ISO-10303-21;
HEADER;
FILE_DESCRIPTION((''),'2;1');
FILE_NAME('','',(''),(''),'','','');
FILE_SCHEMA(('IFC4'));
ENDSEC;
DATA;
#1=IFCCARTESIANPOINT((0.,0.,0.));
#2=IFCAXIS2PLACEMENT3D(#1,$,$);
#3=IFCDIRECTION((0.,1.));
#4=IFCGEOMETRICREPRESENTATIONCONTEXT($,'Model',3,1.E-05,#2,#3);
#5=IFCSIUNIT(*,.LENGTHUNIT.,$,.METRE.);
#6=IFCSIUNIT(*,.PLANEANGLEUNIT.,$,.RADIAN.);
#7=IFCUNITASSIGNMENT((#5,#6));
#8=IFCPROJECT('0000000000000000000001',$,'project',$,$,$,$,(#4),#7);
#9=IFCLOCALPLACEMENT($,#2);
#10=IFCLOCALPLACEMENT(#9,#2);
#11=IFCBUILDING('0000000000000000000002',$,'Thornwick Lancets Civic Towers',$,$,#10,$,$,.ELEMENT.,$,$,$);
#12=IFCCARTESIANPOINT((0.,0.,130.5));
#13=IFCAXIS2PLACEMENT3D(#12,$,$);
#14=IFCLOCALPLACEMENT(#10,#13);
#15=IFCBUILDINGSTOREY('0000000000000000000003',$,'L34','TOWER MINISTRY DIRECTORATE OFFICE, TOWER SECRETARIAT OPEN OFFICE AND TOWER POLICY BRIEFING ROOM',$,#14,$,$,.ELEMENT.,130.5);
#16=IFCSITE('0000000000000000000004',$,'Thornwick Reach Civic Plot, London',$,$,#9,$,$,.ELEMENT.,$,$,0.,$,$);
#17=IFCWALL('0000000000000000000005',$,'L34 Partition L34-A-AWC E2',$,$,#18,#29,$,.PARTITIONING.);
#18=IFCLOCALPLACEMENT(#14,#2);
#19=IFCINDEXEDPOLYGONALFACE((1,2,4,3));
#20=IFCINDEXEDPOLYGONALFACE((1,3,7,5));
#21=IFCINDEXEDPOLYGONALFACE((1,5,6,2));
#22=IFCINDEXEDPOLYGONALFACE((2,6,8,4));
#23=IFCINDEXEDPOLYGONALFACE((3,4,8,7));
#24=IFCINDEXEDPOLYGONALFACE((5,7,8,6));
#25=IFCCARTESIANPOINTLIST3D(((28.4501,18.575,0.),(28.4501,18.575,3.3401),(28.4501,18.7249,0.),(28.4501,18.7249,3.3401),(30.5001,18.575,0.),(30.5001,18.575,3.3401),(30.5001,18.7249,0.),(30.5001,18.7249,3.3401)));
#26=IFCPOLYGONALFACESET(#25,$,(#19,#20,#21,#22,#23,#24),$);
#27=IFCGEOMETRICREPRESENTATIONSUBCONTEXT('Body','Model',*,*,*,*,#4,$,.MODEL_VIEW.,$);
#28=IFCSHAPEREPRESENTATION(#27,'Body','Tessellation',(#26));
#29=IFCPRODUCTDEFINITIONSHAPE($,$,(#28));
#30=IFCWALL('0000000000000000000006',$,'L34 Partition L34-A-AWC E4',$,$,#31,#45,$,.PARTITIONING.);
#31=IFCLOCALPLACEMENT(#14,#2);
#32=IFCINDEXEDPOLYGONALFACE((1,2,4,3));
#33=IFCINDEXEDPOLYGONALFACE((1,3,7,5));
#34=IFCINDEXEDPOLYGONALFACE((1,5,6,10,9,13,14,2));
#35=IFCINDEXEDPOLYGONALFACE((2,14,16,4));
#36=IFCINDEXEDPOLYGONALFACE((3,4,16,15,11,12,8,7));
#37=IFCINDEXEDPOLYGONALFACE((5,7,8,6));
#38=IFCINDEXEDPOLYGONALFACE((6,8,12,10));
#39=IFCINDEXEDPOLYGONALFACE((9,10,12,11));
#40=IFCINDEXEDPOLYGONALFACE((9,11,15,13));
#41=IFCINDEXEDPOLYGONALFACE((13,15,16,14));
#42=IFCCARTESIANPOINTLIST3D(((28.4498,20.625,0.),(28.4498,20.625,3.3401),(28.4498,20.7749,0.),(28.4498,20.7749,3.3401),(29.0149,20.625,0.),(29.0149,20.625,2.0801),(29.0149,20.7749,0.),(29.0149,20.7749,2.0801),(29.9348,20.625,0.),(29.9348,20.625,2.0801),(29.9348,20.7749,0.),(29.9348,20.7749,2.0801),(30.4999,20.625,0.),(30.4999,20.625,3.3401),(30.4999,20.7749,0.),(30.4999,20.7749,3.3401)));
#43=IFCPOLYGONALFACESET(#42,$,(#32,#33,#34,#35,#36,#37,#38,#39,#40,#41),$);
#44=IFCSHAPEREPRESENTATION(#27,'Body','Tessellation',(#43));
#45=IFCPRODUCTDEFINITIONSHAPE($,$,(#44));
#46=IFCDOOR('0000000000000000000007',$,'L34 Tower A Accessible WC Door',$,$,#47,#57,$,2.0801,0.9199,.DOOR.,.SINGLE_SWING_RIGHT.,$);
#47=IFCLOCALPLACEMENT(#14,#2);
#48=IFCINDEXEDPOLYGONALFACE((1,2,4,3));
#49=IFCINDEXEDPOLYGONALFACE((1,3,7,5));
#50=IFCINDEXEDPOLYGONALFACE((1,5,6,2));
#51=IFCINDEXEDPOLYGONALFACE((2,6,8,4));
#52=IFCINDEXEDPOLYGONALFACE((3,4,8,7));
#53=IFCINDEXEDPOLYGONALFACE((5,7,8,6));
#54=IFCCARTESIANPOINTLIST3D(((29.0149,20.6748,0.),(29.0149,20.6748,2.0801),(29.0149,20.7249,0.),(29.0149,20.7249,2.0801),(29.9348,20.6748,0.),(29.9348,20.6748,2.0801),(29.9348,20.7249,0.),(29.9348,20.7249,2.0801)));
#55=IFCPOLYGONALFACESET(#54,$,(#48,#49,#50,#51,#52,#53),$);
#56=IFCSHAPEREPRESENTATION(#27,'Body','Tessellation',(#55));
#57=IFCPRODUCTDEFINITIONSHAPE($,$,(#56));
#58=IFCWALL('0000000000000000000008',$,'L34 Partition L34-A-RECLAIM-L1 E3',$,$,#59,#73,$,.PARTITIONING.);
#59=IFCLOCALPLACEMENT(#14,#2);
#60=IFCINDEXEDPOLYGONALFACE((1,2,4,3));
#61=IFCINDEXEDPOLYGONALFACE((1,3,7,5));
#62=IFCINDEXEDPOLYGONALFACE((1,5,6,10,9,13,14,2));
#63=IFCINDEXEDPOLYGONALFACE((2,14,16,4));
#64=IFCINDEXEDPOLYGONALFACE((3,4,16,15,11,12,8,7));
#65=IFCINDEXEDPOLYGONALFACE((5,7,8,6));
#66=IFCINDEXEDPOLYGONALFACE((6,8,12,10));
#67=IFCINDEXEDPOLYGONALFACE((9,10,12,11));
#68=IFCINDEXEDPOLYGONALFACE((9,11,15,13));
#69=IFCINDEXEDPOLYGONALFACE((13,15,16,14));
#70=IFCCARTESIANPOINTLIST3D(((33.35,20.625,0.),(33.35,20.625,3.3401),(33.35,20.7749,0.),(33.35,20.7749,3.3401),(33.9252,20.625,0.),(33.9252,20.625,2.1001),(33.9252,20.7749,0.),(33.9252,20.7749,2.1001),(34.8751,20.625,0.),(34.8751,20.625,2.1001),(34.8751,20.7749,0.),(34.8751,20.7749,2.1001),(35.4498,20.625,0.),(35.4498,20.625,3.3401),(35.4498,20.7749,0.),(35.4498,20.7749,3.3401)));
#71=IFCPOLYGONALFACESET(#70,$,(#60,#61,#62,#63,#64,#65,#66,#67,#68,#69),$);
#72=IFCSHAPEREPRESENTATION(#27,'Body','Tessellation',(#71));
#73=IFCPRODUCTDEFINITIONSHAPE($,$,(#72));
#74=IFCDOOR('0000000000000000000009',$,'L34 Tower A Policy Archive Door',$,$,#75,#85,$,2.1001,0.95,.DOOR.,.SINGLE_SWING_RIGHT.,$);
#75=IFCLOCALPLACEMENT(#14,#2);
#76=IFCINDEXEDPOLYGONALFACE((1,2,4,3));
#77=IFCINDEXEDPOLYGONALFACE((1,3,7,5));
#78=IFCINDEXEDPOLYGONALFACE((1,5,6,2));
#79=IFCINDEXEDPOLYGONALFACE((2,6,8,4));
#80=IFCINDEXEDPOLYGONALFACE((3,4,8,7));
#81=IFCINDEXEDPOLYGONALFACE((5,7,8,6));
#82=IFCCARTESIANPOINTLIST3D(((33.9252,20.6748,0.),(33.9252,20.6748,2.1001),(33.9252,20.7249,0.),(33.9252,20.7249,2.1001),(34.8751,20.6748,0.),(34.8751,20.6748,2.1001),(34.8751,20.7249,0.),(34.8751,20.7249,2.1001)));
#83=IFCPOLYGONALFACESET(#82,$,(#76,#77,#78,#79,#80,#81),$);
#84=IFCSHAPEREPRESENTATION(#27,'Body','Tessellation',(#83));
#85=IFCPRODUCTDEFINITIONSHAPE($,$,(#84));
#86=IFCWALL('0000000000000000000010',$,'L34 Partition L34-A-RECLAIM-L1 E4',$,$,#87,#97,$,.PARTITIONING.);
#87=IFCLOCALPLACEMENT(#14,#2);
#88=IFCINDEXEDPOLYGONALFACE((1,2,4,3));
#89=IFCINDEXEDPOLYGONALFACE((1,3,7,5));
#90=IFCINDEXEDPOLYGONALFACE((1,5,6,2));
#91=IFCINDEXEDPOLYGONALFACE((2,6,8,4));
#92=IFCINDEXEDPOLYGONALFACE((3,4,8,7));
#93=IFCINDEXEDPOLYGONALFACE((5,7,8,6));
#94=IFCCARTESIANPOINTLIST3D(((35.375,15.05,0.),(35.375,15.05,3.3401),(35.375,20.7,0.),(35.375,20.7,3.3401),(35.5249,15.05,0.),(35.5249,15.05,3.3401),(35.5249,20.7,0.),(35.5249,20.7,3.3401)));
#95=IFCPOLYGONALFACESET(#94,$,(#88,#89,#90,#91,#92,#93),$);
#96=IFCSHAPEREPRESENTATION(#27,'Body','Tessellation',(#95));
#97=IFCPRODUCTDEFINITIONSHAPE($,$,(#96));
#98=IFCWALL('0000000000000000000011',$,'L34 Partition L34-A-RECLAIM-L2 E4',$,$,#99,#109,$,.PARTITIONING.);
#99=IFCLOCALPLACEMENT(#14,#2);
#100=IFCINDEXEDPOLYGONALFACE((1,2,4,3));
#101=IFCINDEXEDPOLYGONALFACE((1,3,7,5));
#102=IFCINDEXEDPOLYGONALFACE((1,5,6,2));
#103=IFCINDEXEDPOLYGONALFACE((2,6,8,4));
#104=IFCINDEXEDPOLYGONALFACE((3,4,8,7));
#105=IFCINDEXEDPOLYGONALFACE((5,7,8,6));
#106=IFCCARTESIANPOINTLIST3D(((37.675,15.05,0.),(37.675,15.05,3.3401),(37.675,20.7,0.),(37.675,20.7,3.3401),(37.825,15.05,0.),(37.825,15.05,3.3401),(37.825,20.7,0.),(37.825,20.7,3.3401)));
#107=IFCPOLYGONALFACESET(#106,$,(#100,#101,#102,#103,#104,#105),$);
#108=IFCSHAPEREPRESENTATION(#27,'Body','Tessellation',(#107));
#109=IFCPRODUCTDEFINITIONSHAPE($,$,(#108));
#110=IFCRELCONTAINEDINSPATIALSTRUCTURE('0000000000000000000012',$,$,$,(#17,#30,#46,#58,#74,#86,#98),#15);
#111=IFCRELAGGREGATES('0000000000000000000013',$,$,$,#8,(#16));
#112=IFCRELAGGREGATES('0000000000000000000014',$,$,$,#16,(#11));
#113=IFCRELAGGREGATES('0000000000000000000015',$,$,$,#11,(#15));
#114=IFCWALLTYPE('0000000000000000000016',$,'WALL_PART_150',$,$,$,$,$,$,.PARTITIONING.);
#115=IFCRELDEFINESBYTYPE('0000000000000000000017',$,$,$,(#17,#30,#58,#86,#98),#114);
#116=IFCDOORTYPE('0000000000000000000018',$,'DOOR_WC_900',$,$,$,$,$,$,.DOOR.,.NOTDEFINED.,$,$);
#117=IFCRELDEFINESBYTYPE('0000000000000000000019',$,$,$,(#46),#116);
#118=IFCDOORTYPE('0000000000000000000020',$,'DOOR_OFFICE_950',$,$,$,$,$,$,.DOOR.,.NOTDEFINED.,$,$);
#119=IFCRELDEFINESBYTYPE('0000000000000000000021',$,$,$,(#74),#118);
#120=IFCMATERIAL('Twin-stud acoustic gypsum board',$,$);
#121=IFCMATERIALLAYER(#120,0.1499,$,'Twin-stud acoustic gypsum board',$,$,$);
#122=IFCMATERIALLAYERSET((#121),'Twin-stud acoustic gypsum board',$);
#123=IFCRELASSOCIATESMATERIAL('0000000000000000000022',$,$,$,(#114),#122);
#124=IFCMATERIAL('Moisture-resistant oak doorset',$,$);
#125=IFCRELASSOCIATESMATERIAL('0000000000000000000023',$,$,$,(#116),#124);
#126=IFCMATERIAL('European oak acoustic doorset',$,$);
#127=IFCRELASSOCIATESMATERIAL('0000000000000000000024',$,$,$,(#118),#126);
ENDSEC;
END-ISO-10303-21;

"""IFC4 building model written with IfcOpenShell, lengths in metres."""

from ifc_helpers import new_model, si_unit, direction, frame, frame_2d, origin, place, context, subcontext, project, spatial, rectangle, extrude, material, layer, layer_set, type_object, element, fill, save


model = new_model("IFC4")

# Units and contexts
model_context = context("Model", 3, precision=1e-05, world=origin(), true_north=direction((0.0, 1.0)))
body_context = subcontext(model_context, "Body", "Model", "MODEL_VIEW")
ifc_project = project(units=[si_unit("LENGTHUNIT", "METRE"), si_unit("PLANEANGLEUNIT", "RADIAN")], contexts=[model_context])

# Site, building, storey
site_placement = place(None, origin())
site = spatial("IfcSite", under=ifc_project, at=site_placement, Name="Thornwick Reach Civic Plot, London", CompositionType="ELEMENT", RefElevation=0.0)
building_placement = place(site_placement, origin())
building = spatial("IfcBuilding", under=site, at=building_placement, Name="Thornwick Lancets Civic Towers", CompositionType="ELEMENT")
storey_placement = place(building_placement, frame((0.0, 0.0, 130.5)))
storey = spatial("IfcBuildingStorey", under=building, at=storey_placement, Name="L34", Description="TOWER MINISTRY DIRECTORATE OFFICE, TOWER SECRETARIAT OPEN OFFICE AND TOWER POLICY BRIEFING ROOM", CompositionType="ELEMENT", Elevation=130.5)

# Wall
ifc_material_1 = material(Name="Twin-stud acoustic gypsum board")
ifc_layer_1 = layer(ifc_material_1, 0.1499, Name="Twin-stud acoustic gypsum board")
ifc_layer_set_1 = layer_set([ifc_layer_1], Name="Twin-stud acoustic gypsum board")
wall_type_1 = type_object("IfcWallType", Name="WALL_PART_150", PredefinedType="PARTITIONING", material=ifc_layer_set_1)
wall_1_placement = place(storey_placement, frame((30.5, 18.6499, 0.0), z_axis=(0.0, 0.0, 1.0), x_axis=(-1.0, 0.0, 0.0)))
element("IfcWall", 1, at=wall_1_placement, inside=storey, type_object=wall_type_1, Name="L34 Partition L34-A-AWC E2", PredefinedType="PARTITIONING", context=body_context, shape_type="SweptSolid", body=[
    extrude(rectangle(XDim=2.05, YDim=0.1499, at=frame_2d((1.0249, 0.0))), origin(), (0.0, 0.0, 1.0), 3.3401),
])

# Walls, openings, doors
wall_2_placement = place(storey_placement, frame((28.45, 20.7, 0.0), z_axis=(0.0, 0.0, 1.0), x_axis=(1.0, 0.0, 0.0)))
wall_2 = element("IfcWall", 2, at=wall_2_placement, inside=storey, type_object=wall_type_1, Name="L34 Partition L34-A-AWC E4", PredefinedType="PARTITIONING", context=body_context, shape_type="SweptSolid", body=[
    extrude(rectangle(XDim=2.05, YDim=0.1499, at=frame_2d((1.0249, 0.0))), origin(), (0.0, 0.0, 1.0), 3.3401),
])
opening_1_placement = place(wall_2_placement, frame((0.5649, 0.0, 0.0)))
opening_1 = element("IfcOpeningElement", 3, at=opening_1_placement, cuts=wall_2, PredefinedType="OPENING", context=body_context, shape_type="SweptSolid", body=[
    extrude(rectangle(XDim=0.9199, YDim=2.0801, at=frame_2d((0.46, 1.04))), frame((0.0, 0.085, 0.0), z_axis=(0.0, -1.0, 0.0), x_axis=(1.0, 0.0, 0.0)), (0.0, 0.0, 1.0), 0.1699),
])
ifc_material_2 = material(Name="Moisture-resistant oak doorset")
door_type_1 = type_object("IfcDoorType", Name="DOOR_WC_900", OperationType="NOTDEFINED", PredefinedType="DOOR", material=ifc_material_2)
door_1_placement = place(opening_1_placement, origin())
door_1 = element("IfcDoor", 4, at=door_1_placement, inside=storey, type_object=door_type_1, Name="L34 Tower A Accessible WC Door", OperationType="SINGLE_SWING_RIGHT", OverallHeight=2.0801, OverallWidth=0.9199, PredefinedType="DOOR", context=body_context, shape_type="SweptSolid", body=[
    extrude(rectangle(XDim=0.9199, YDim=2.0801, at=frame_2d((0.46, 1.04))), frame((0.0, 0.0249, 0.0), z_axis=(0.0, -1.0, 0.0), x_axis=(1.0, 0.0, 0.0)), (0.0, 0.0, 1.0), 0.05),
])
fill(opening_1, door_1)
wall_3_placement = place(storey_placement, frame((33.3501, 20.7, 0.0), z_axis=(0.0, 0.0, 1.0), x_axis=(1.0, 0.0, 0.0)))
wall_3 = element("IfcWall", 5, at=wall_3_placement, inside=storey, type_object=wall_type_1, Name="L34 Partition L34-A-RECLAIM-L1 E3", PredefinedType="PARTITIONING", context=body_context, shape_type="SweptSolid", body=[
    extrude(rectangle(XDim=2.0999, YDim=0.1499, at=frame_2d((1.0498, 0.0))), origin(), (0.0, 0.0, 1.0), 3.3401),
])
opening_2_placement = place(wall_3_placement, frame((0.575, 0.0, 0.0)))
opening_2 = element("IfcOpeningElement", 6, at=opening_2_placement, cuts=wall_3, PredefinedType="OPENING", context=body_context, shape_type="SweptSolid", body=[
    extrude(rectangle(XDim=0.95, YDim=2.1001, at=frame_2d((0.4751, 1.05))), frame((0.0, 0.085, 0.0), z_axis=(0.0, -1.0, 0.0), x_axis=(1.0, 0.0, 0.0)), (0.0, 0.0, 1.0), 0.1699),
])
ifc_material_3 = material(Name="European oak acoustic doorset")
door_type_2 = type_object("IfcDoorType", Name="DOOR_OFFICE_950", OperationType="NOTDEFINED", PredefinedType="DOOR", material=ifc_material_3)
door_2_placement = place(opening_2_placement, origin())
door_2 = element("IfcDoor", 7, at=door_2_placement, inside=storey, type_object=door_type_2, Name="L34 Tower A Policy Archive Door", OperationType="SINGLE_SWING_RIGHT", OverallHeight=2.1001, OverallWidth=0.95, PredefinedType="DOOR", context=body_context, shape_type="SweptSolid", body=[
    extrude(rectangle(XDim=0.95, YDim=2.1001, at=frame_2d((0.4751, 1.05))), frame((0.0, 0.0249, 0.0), z_axis=(0.0, -1.0, 0.0), x_axis=(1.0, 0.0, 0.0)), (0.0, 0.0, 1.0), 0.05),
])
fill(opening_2, door_2)

# Wall
wall_4_placement = place(storey_placement, frame((35.45, 20.7, 0.0), z_axis=(0.0, 0.0, 1.0), x_axis=(0.0, -1.0, 0.0)))
element("IfcWall", 8, at=wall_4_placement, inside=storey, type_object=wall_type_1, Name="L34 Partition L34-A-RECLAIM-L1 E4", PredefinedType="PARTITIONING", context=body_context, shape_type="SweptSolid", body=[
    extrude(rectangle(XDim=5.6499, YDim=0.1499, at=frame_2d((2.825, 0.0))), origin(), (0.0, 0.0, 1.0), 3.3401),
])

# Wall
wall_5_placement = place(storey_placement, frame((37.75, 20.7, 0.0), z_axis=(0.0, 0.0, 1.0), x_axis=(0.0, -1.0, 0.0)))
element("IfcWall", 9, at=wall_5_placement, inside=storey, type_object=wall_type_1, Name="L34 Partition L34-A-RECLAIM-L2 E4", PredefinedType="PARTITIONING", context=body_context, shape_type="SweptSolid", body=[
    extrude(rectangle(XDim=5.6499, YDim=0.1499, at=frame_2d((2.825, 0.0))), origin(), (0.0, 0.0, 1.0), 3.3401),
])

save(model, "model.ifc")
